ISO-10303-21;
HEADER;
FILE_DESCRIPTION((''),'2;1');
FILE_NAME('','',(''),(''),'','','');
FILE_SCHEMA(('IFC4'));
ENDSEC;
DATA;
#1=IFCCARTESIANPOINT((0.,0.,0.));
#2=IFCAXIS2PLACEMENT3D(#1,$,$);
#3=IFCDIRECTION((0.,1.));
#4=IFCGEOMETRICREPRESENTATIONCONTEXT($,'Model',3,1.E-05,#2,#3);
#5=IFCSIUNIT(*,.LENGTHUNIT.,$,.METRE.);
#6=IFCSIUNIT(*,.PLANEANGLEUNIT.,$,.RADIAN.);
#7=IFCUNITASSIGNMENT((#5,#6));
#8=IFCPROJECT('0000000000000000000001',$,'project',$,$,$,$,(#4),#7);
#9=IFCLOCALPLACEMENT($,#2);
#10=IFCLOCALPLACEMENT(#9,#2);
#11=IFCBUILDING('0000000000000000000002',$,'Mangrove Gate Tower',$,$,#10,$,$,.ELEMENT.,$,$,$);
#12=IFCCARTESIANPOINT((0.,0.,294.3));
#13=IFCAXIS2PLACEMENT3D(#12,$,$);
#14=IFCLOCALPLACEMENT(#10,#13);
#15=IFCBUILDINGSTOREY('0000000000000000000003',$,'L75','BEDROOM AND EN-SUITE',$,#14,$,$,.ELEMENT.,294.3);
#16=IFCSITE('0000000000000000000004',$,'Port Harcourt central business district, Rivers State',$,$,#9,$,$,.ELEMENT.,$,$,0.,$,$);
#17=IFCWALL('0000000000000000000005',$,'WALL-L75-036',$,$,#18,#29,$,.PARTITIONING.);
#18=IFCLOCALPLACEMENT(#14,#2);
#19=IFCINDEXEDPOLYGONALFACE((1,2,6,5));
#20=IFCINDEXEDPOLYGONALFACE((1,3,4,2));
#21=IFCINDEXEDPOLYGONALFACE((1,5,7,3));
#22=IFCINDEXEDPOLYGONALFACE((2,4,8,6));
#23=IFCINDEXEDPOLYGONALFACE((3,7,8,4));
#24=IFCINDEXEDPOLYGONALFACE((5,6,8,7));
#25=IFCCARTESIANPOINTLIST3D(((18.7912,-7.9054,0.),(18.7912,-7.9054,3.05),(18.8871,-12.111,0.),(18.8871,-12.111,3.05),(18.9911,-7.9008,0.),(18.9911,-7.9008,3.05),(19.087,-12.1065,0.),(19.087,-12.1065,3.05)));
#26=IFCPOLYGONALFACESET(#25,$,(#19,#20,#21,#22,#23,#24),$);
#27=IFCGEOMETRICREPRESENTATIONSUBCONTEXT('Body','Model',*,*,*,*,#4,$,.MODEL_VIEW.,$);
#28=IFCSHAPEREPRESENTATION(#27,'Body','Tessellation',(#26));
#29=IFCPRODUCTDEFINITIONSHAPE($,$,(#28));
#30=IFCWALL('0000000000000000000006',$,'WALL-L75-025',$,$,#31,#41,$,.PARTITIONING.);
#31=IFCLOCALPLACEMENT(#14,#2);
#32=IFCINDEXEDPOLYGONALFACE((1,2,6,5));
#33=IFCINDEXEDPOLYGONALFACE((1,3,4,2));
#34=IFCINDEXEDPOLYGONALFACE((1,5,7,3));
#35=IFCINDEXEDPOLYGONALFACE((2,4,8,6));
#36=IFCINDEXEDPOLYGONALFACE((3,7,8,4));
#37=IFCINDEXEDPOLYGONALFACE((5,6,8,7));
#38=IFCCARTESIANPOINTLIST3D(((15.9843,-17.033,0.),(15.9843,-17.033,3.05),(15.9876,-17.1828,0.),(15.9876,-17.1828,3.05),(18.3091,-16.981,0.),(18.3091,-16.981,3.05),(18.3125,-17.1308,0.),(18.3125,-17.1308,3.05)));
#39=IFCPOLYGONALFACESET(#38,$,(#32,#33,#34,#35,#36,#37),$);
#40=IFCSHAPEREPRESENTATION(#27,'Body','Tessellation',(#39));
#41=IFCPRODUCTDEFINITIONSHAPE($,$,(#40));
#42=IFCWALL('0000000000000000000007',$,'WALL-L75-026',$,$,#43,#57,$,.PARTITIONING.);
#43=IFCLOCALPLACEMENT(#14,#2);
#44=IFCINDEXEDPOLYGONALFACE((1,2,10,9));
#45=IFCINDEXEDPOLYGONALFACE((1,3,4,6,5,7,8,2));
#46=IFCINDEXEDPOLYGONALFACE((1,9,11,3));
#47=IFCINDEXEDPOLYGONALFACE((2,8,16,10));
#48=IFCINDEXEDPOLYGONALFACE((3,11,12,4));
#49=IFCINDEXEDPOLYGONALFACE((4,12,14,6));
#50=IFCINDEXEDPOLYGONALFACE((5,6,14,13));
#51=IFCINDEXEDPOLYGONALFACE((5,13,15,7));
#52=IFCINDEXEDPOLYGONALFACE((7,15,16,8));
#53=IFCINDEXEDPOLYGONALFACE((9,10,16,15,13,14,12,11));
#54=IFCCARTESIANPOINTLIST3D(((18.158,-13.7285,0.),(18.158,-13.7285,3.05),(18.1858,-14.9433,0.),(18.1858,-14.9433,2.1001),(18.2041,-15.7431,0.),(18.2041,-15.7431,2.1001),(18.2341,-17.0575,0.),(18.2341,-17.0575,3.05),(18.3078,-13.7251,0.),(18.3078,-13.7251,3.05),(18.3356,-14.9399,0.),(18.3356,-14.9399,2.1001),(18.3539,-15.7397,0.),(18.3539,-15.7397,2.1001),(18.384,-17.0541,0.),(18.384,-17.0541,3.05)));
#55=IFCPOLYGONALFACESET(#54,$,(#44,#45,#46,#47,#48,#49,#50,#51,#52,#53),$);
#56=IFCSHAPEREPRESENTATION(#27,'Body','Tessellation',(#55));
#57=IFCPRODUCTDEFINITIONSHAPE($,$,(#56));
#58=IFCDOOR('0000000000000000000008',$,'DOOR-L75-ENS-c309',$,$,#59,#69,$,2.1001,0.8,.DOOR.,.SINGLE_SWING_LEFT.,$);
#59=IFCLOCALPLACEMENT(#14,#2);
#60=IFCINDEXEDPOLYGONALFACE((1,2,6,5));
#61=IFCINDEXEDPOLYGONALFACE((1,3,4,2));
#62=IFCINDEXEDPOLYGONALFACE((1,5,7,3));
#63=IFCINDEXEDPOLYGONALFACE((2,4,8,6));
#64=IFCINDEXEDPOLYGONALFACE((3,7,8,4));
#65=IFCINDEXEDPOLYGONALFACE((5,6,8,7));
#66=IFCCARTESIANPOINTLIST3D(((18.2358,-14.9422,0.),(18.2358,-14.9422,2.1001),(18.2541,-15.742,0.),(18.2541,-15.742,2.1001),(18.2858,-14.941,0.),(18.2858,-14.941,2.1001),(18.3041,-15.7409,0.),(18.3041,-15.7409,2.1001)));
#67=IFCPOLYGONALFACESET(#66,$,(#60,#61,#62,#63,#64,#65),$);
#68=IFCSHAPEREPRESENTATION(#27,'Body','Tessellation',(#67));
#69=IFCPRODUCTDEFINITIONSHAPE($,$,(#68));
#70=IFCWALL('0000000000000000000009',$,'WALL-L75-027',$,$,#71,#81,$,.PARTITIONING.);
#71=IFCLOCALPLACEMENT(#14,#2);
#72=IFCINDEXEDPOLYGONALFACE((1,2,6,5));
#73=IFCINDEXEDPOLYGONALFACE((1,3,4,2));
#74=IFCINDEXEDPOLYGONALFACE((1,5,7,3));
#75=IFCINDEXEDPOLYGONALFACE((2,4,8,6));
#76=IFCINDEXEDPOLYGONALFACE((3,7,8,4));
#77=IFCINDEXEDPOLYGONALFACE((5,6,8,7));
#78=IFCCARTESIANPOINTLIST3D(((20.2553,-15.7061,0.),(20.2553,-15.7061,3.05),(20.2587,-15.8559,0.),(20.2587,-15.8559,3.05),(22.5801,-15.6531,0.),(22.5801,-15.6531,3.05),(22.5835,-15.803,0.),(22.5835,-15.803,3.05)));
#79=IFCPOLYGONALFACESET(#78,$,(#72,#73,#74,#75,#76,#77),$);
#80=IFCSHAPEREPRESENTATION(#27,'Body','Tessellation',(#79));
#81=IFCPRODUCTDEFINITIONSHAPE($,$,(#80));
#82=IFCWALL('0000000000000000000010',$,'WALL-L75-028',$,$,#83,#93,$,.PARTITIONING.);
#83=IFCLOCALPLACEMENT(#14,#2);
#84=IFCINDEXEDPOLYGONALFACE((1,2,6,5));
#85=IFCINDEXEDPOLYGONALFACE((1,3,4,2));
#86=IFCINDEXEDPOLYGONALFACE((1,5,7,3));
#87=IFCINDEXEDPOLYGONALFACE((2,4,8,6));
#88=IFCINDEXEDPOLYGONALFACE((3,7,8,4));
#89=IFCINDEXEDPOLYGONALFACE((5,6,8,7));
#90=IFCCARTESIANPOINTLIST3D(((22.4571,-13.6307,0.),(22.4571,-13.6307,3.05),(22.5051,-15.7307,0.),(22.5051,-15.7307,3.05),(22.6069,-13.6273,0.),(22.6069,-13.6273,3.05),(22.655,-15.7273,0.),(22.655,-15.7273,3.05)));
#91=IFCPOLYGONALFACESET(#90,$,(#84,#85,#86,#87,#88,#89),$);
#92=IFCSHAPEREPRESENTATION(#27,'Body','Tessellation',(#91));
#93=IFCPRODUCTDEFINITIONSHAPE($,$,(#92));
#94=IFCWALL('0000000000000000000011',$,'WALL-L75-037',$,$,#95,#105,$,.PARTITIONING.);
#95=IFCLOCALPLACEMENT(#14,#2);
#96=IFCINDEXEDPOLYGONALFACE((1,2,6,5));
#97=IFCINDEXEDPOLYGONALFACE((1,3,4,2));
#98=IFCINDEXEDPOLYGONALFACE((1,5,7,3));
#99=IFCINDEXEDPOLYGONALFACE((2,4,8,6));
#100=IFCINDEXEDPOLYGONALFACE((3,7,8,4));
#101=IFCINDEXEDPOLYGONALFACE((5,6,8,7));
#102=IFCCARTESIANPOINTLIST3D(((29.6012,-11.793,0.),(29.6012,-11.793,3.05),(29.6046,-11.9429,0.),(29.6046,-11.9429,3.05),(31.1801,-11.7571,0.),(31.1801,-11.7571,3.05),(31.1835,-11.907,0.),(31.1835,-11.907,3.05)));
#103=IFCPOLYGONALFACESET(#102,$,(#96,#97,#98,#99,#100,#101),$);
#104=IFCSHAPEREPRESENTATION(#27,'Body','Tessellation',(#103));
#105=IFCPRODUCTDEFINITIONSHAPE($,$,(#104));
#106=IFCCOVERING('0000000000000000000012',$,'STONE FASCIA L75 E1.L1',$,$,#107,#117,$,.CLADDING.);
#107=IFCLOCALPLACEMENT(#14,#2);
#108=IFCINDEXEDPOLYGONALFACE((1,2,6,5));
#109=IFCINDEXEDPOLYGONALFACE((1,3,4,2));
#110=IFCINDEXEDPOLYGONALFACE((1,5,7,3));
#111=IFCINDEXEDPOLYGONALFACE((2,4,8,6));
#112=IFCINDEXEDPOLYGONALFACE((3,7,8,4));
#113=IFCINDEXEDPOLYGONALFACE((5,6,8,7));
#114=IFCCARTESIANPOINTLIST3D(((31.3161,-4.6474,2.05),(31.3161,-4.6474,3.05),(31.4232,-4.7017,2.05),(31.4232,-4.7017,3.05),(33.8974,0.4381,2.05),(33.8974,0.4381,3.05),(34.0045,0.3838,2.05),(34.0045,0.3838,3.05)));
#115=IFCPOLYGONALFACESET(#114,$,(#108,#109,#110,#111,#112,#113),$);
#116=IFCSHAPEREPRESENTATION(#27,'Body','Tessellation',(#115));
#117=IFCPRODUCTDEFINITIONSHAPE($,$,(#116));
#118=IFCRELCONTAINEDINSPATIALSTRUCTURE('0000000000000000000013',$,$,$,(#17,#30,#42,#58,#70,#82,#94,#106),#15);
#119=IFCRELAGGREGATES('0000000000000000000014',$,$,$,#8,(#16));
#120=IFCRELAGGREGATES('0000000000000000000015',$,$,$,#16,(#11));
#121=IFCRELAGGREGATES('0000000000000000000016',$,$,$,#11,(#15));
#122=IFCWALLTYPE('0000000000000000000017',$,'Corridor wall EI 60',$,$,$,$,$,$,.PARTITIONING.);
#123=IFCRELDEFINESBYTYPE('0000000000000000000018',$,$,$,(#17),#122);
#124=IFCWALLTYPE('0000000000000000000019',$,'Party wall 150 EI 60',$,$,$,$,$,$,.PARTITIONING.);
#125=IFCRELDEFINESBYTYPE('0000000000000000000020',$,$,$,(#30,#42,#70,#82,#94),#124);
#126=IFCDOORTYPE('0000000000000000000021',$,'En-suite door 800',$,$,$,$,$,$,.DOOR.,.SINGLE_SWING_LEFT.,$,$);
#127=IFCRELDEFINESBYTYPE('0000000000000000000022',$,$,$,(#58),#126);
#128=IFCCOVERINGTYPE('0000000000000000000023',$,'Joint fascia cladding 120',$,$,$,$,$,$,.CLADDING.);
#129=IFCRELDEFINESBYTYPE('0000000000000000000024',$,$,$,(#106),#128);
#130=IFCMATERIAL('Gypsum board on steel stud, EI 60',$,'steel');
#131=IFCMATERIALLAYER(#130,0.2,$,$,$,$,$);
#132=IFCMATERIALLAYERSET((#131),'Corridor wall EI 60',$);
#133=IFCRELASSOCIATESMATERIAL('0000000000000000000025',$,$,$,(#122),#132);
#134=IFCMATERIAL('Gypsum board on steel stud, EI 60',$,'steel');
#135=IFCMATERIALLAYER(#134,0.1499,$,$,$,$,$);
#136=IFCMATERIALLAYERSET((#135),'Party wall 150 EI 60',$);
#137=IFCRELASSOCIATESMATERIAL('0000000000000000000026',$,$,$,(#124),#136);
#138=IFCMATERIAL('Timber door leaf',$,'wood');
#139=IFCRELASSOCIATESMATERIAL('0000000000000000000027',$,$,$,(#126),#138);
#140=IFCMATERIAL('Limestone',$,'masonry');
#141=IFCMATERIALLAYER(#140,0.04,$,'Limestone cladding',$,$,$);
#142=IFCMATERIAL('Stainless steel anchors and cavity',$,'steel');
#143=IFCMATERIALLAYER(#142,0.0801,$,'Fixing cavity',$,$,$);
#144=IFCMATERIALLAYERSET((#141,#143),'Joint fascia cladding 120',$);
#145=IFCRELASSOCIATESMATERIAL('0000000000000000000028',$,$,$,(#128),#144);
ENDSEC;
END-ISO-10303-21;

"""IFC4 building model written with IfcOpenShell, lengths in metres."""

from ifc_helpers import new_model, si_unit, direction, frame, frame_2d, origin, place, context, subcontext, project, spatial, rectangle, extrude, material, layer, layer_set, type_object, element, fill, save


model = new_model("IFC4")

# Units and contexts
model_context = context("Model", 3, precision=1e-05, world=origin(), true_north=direction((0.0, 1.0)))
body_context = subcontext(model_context, "Body", "Model", "MODEL_VIEW")
ifc_project = project(units=[si_unit("LENGTHUNIT", "METRE"), si_unit("PLANEANGLEUNIT", "RADIAN")], contexts=[model_context])

# Site, building, storey
site_placement = place(None, origin())
site = spatial("IfcSite", under=ifc_project, at=site_placement, Name="Port Harcourt central business district, Rivers State", CompositionType="ELEMENT", RefElevation=0.0)
building_placement = place(site_placement, origin())
building = spatial("IfcBuilding", under=site, at=building_placement, Name="Mangrove Gate Tower", CompositionType="ELEMENT")
storey_placement = place(building_placement, frame((0.0, 0.0, 294.3)))
storey = spatial("IfcBuildingStorey", under=building, at=storey_placement, Name="L75", Description="BEDROOM AND EN-SUITE", CompositionType="ELEMENT", Elevation=294.3)

# Shared definitions
ifc_material_1 = material(Name="Gypsum board on steel stud, EI 60", Category="steel")
ifc_layer_1 = layer(ifc_material_1, 0.2)
ifc_layer_set_1 = layer_set([ifc_layer_1], Name="Corridor wall EI 60")
wall_type_1 = type_object("IfcWallType", Name="Corridor wall EI 60", PredefinedType="PARTITIONING", material=ifc_layer_set_1)

# Walls
wall_1_placement = place(storey_placement, frame((18.9871, -12.1089, 0.0), z_axis=(0.0, 0.0, 1.0), x_axis=(-0.022807, 0.99974, 0.0)))
element("IfcWall", 1, at=wall_1_placement, inside=storey, type_object=wall_type_1, Name="WALL-L75-036", PredefinedType="PARTITIONING", context=body_context, shape_type="SweptSolid", body=[
    extrude(rectangle(XDim=4.2068, YDim=0.2, at=frame_2d((2.1035, 0.0))), origin(), (0.0, 0.0, 1.0), 3.05),
])
ifc_material_2 = material(Name="Gypsum board on steel stud, EI 60", Category="steel")
ifc_layer_2 = layer(ifc_material_2, 0.1499)
ifc_layer_set_2 = layer_set([ifc_layer_2], Name="Party wall 150 EI 60")
wall_type_2 = type_object("IfcWallType", Name="Party wall 150 EI 60", PredefinedType="PARTITIONING", material=ifc_layer_set_2)
wall_2_placement = place(storey_placement, frame((15.9861, -17.1079, 0.0), z_axis=(0.0, 0.0, 1.0), x_axis=(0.99975, 0.022361, 0.0)))
element("IfcWall", 2, at=wall_2_placement, inside=storey, type_object=wall_type_2, Name="WALL-L75-025", PredefinedType="PARTITIONING", context=body_context, shape_type="SweptSolid", body=[
    extrude(rectangle(XDim=2.3254, YDim=0.1499, at=frame_2d((1.1626, 0.0))), origin(), (0.0, 0.0, 1.0), 3.05),
])

# Wall, opening, door
wall_3_placement = place(storey_placement, frame((18.3091, -17.0559, 0.0), z_axis=(0.0, 0.0, 1.0), x_axis=(-0.022876, 0.999738, 0.0)))
wall_3 = element("IfcWall", 3, at=wall_3_placement, inside=storey, type_object=wall_type_2, Name="WALL-L75-026", PredefinedType="PARTITIONING", context=body_context, shape_type="SweptSolid", body=[
    extrude(rectangle(XDim=3.3298, YDim=0.1499, at=frame_2d((1.665, 0.0))), origin(), (0.0, 0.0, 1.0), 3.05),
])
opening_1_placement = place(wall_3_placement, frame((1.3149, 0.0, 0.0)))
opening_1 = element("IfcOpeningElement", 4, at=opening_1_placement, cuts=wall_3, PredefinedType="OPENING", context=body_context, shape_type="SweptSolid", body=[
    extrude(rectangle(XDim=0.8, YDim=2.1001, at=frame_2d((0.3999, 1.05))), frame((0.0, 0.085, 0.0), z_axis=(0.0, -1.0, 0.0), x_axis=(1.0, 0.0, 0.0)), (0.0, 0.0, 1.0), 0.1699),
])
ifc_material_3 = material(Name="Timber door leaf", Category="wood")
door_type_1 = type_object("IfcDoorType", Name="En-suite door 800", OperationType="SINGLE_SWING_LEFT", PredefinedType="DOOR", material=ifc_material_3)
door_1_placement = place(opening_1_placement, origin())
door_1 = element("IfcDoor", 5, at=door_1_placement, inside=storey, type_object=door_type_1, Name="DOOR-L75-ENS-c309", OperationType="SINGLE_SWING_LEFT", OverallHeight=2.1001, OverallWidth=0.8, PredefinedType="DOOR", context=body_context, shape_type="SweptSolid", body=[
    extrude(rectangle(XDim=0.8, YDim=2.1001, at=frame_2d((0.3999, 1.05))), frame((0.0, 0.0249, 0.0), z_axis=(0.0, -1.0, 0.0), x_axis=(1.0, 0.0, 0.0)), (0.0, 0.0, 1.0), 0.05),
])
fill(opening_1, door_1)

# Walls
wall_4_placement = place(storey_placement, frame((20.2571, -15.781, 0.0), z_axis=(0.0, 0.0, 1.0), x_axis=(0.99974, 0.022781, 0.0)))
element("IfcWall", 6, at=wall_4_placement, inside=storey, type_object=wall_type_2, Name="WALL-L75-027", PredefinedType="PARTITIONING", context=body_context, shape_type="SweptSolid", body=[
    extrude(rectangle(XDim=2.3254, YDim=0.1499, at=frame_2d((1.1626, 0.0))), origin(), (0.0, 0.0, 1.0), 3.05),
])
wall_5_placement = place(storey_placement, frame((22.5801, -15.729, 0.0), z_axis=(0.0, 0.0, 1.0), x_axis=(-0.022896, 0.999738, 0.0)))
element("IfcWall", 7, at=wall_5_placement, inside=storey, type_object=wall_type_2, Name="WALL-L75-028", PredefinedType="PARTITIONING", context=body_context, shape_type="SweptSolid", body=[
    extrude(rectangle(XDim=2.1006, YDim=0.1499, at=frame_2d((1.0503, 0.0))), origin(), (0.0, 0.0, 1.0), 3.05),
])
wall_6_placement = place(storey_placement, frame((29.603, -11.8679, 0.0), z_axis=(0.0, 0.0, 1.0), x_axis=(0.999742, 0.022725, 0.0)))
element("IfcWall", 8, at=wall_6_placement, inside=storey, type_object=wall_type_2, Name="WALL-L75-037", PredefinedType="PARTITIONING", context=body_context, shape_type="SweptSolid", body=[
    extrude(rectangle(XDim=1.5793, YDim=0.1499, at=frame_2d((0.7896, 0.0))), origin(), (0.0, 0.0, 1.0), 3.05),
])

# Covering
ifc_material_4 = material(Name="Limestone", Category="masonry")
ifc_layer_3 = layer(ifc_material_4, 0.04, Name="Limestone cladding")
ifc_material_5 = material(Name="Stainless steel anchors and cavity", Category="steel")
ifc_layer_4 = layer(ifc_material_5, 0.0801, Name="Fixing cavity")
ifc_layer_set_3 = layer_set([ifc_layer_3, ifc_layer_4], Name="Joint fascia cladding 120")
covering_type = type_object("IfcCoveringType", Name="Joint fascia cladding 120", PredefinedType="CLADDING", material=ifc_layer_set_3)
covering_placement = place(storey_placement, frame((31.3696, -4.6746, 2.05), z_axis=(0.0, 0.0, 1.0), x_axis=(0.452616, 0.891705, 0.0)))
element("IfcCovering", 9, at=covering_placement, inside=storey, type_object=covering_type, Name="STONE FASCIA L75 E1.L1", PredefinedType="CLADDING", context=body_context, shape_type="SweptSolid", body=[
    extrude(rectangle(XDim=5.7031, YDim=0.1201, at=frame_2d((2.8516, 0.0))), origin(), (0.0, 0.0, 1.0), 1.0),
])

save(model, "model.ifc")
